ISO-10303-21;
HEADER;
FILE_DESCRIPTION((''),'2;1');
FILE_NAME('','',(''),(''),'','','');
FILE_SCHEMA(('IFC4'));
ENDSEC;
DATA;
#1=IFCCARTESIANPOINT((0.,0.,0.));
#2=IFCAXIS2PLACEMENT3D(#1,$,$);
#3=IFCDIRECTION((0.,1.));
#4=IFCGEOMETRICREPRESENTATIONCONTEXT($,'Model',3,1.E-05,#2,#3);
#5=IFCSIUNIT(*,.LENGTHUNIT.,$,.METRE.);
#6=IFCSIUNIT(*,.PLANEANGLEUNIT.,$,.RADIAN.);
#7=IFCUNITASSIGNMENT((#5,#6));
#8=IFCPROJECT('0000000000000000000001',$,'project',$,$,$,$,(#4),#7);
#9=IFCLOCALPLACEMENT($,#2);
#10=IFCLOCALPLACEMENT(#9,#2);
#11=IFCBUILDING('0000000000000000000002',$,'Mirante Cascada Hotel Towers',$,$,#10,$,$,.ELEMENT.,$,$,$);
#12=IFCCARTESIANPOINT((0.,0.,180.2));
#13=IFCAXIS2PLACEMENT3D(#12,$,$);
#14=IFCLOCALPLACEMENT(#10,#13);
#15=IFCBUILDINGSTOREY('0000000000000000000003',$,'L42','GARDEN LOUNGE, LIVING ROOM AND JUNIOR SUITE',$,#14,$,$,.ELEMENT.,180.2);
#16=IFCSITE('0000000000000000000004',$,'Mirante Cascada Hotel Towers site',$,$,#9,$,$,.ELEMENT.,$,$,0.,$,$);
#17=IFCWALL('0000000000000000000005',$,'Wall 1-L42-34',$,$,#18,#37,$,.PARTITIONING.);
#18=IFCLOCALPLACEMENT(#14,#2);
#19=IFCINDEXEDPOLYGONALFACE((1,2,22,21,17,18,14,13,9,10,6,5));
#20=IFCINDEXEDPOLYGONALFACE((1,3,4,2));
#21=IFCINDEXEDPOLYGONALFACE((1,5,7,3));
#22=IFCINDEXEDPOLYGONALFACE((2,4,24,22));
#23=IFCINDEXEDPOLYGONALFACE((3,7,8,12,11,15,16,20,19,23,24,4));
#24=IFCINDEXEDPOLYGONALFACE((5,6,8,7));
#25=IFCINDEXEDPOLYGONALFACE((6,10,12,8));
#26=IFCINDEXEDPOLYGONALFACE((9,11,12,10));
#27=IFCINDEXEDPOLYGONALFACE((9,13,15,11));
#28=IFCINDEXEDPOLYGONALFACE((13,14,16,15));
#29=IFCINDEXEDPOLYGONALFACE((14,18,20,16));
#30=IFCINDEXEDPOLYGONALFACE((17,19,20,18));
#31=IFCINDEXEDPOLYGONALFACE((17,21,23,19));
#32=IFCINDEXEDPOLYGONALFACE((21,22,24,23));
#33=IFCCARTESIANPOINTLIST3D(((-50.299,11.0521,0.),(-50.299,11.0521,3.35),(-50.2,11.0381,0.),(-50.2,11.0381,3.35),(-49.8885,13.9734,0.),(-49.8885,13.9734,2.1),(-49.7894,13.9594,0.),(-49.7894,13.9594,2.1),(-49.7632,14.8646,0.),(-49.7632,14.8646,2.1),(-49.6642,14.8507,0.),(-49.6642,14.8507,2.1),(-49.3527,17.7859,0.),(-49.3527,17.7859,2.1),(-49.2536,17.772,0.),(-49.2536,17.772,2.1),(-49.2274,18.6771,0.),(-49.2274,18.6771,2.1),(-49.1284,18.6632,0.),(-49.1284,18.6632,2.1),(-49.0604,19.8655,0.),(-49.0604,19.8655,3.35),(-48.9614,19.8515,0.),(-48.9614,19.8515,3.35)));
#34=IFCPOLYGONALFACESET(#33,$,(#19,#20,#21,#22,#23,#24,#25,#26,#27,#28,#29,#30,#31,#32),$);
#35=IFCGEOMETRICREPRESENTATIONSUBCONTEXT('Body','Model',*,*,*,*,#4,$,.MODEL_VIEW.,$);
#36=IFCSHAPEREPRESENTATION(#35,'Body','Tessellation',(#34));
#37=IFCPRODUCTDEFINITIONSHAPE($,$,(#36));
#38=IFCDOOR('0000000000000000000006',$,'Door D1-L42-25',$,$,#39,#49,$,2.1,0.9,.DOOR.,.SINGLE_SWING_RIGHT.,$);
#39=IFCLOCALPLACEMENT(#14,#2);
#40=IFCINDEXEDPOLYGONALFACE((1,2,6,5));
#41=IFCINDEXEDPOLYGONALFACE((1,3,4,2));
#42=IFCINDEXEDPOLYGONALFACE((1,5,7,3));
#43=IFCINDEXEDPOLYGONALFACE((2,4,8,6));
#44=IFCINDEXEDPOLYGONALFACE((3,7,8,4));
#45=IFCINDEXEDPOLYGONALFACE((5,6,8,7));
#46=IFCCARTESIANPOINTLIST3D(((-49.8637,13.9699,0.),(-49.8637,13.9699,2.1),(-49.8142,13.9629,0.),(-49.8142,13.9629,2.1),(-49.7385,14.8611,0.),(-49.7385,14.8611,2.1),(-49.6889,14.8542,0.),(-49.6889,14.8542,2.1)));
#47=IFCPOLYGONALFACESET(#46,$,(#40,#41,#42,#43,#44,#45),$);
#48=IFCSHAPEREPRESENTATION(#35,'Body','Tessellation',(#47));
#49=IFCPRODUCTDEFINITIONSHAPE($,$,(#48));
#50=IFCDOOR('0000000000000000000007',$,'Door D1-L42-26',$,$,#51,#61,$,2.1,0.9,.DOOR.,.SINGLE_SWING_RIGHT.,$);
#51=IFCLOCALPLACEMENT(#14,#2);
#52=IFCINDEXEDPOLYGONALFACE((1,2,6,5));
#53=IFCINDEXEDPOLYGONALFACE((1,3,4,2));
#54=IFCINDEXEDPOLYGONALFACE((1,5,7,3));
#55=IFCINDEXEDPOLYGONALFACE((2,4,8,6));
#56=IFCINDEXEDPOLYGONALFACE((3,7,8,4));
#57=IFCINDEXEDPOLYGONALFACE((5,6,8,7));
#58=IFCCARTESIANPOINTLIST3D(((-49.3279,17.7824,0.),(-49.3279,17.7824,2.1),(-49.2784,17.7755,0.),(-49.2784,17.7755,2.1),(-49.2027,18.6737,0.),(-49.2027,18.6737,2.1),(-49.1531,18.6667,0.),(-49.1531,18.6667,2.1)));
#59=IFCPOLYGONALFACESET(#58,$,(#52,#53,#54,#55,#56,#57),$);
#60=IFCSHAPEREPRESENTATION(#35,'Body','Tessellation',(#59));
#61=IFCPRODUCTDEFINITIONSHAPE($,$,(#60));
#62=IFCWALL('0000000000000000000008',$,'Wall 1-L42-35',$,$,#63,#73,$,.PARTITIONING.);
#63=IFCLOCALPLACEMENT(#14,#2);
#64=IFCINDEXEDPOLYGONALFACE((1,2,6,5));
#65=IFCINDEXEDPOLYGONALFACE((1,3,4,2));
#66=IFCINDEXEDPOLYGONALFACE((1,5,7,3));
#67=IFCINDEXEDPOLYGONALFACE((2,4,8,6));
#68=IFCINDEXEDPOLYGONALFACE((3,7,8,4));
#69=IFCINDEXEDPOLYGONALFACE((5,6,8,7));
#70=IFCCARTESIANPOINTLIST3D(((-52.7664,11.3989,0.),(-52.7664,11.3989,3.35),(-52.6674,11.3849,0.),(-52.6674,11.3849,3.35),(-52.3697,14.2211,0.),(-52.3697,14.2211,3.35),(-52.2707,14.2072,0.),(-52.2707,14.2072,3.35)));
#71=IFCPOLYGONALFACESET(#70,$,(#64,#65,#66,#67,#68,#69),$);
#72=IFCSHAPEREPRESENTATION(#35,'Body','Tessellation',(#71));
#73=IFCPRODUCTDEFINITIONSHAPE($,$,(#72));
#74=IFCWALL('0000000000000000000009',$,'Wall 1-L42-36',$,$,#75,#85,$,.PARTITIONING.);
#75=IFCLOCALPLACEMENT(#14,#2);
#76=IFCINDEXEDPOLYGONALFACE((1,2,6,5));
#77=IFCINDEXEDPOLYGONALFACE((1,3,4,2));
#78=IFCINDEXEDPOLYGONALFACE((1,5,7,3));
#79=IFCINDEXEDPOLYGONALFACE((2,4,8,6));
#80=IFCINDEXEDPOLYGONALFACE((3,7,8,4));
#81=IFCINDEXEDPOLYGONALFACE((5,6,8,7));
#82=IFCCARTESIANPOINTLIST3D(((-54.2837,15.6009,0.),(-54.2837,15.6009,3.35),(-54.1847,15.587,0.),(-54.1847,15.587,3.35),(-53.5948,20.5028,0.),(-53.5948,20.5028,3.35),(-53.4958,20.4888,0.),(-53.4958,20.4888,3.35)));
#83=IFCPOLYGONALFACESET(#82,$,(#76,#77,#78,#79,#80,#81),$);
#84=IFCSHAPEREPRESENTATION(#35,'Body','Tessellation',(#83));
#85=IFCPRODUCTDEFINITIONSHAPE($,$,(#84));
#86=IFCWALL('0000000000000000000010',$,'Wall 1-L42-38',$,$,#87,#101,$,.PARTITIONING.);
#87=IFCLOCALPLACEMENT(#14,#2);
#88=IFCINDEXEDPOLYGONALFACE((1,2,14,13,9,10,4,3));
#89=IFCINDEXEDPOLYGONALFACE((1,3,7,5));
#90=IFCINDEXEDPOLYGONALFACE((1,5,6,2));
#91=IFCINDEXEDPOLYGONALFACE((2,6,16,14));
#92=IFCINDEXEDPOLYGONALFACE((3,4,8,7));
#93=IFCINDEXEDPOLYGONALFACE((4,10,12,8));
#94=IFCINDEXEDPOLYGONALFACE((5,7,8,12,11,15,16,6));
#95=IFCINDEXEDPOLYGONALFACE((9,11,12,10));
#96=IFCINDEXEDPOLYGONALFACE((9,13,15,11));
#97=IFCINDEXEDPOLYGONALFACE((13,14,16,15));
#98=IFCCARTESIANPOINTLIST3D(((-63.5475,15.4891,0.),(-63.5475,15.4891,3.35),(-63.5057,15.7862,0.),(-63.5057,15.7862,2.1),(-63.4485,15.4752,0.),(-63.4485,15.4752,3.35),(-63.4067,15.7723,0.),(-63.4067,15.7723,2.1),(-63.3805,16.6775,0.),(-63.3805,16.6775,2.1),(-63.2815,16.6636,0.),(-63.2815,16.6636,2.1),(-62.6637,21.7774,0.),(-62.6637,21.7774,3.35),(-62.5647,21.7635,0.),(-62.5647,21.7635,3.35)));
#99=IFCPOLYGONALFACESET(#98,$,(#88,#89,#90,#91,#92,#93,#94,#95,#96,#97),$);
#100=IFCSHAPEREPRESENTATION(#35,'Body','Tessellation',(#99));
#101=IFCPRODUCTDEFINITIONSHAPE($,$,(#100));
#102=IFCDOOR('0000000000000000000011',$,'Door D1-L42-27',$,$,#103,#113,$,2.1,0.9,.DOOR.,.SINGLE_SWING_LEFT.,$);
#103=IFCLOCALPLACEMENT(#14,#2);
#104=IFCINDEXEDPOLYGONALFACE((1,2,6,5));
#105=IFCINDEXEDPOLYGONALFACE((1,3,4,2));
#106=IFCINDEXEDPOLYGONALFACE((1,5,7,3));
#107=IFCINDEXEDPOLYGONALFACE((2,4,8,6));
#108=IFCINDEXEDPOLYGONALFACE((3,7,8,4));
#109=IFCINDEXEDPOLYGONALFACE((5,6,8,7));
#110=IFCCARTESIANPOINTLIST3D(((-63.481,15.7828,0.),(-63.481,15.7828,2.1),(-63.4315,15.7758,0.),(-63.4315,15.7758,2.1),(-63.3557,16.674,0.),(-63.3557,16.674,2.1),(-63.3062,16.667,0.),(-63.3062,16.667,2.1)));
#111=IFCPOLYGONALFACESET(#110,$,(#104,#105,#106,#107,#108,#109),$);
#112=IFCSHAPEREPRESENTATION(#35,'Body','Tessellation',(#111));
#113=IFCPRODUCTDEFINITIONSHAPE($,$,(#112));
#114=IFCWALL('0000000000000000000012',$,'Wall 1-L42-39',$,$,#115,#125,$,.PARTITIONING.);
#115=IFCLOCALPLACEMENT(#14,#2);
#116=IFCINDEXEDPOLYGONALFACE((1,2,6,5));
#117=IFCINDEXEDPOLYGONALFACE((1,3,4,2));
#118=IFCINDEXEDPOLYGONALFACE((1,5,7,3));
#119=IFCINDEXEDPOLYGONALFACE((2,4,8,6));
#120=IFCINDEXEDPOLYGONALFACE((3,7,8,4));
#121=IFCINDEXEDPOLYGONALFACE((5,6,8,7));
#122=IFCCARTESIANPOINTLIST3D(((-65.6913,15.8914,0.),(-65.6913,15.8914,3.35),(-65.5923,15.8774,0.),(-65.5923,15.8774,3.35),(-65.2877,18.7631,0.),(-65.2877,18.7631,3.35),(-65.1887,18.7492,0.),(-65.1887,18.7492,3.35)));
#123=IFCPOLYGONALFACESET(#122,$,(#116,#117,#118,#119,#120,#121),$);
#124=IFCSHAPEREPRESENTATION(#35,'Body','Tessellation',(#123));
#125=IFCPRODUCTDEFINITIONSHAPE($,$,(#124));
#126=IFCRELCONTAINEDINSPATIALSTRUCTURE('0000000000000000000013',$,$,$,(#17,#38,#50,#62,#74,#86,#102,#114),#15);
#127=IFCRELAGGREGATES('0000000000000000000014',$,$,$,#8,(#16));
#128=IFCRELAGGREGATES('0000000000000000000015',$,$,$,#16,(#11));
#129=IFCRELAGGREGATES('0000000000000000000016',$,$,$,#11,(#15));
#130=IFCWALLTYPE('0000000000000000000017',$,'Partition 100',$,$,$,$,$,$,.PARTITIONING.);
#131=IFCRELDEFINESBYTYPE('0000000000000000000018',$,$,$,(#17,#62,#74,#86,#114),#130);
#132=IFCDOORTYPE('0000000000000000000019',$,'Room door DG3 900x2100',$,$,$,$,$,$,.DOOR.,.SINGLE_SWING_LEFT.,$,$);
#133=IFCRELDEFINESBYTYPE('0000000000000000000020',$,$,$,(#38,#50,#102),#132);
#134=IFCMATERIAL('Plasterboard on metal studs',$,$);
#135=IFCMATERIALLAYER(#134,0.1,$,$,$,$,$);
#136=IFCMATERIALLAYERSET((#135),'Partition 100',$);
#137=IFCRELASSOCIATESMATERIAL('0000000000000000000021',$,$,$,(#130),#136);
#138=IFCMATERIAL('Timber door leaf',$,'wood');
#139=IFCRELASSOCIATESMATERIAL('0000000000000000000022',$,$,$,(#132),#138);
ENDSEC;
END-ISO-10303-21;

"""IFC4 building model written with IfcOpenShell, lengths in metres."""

from ifc_helpers import new_model, si_unit, direction, frame, frame_2d, origin, place, context, subcontext, project, spatial, rectangle, extrude, material, layer, layer_set, type_object, element, fill, save


model = new_model("IFC4")

# Units and contexts
model_context = context("Model", 3, precision=1e-05, world=origin(), true_north=direction((0.0, 1.0)))
body_context = subcontext(model_context, "Body", "Model", "MODEL_VIEW")
ifc_project = project(units=[si_unit("LENGTHUNIT", "METRE"), si_unit("PLANEANGLEUNIT", "RADIAN")], contexts=[model_context])

# Site, building, storey
site_placement = place(None, origin())
site = spatial("IfcSite", under=ifc_project, at=site_placement, Name="Mirante Cascada Hotel Towers site", CompositionType="ELEMENT", RefElevation=0.0)
building_placement = place(site_placement, origin())
building = spatial("IfcBuilding", under=site, at=building_placement, Name="Mirante Cascada Hotel Towers", CompositionType="ELEMENT")
storey_placement = place(building_placement, frame((0.0, 0.0, 180.2)))
storey = spatial("IfcBuildingStorey", under=building, at=storey_placement, Name="L42", Description="GARDEN LOUNGE, LIVING ROOM AND JUNIOR SUITE", CompositionType="ELEMENT", Elevation=180.2)

# Shared definitions
ifc_material_1 = material(Name="Plasterboard on metal studs")
ifc_layer_1 = layer(ifc_material_1, 0.1)
ifc_layer_set_1 = layer_set([ifc_layer_1], Name="Partition 100")
wall_type_1 = type_object("IfcWallType", Name="Partition 100", PredefinedType="PARTITIONING", material=ifc_layer_set_1)

# Shared definitions
ifc_material_2 = material(Name="Timber door leaf", Category="wood")
door_type_1 = type_object("IfcDoorType", Name="Room door DG3 900x2100", OperationType="SINGLE_SWING_LEFT", PredefinedType="DOOR", material=ifc_material_2)

# Wall, openings, doors
wall_1_placement = place(storey_placement, frame((-49.0109, 19.8585, 0.0), z_axis=(0.0, 0.0, 1.0), x_axis=(-0.139168, -0.990269, 0.0)))
wall_1 = element("IfcWall", 1, at=wall_1_placement, inside=storey, type_object=wall_type_1, Name="Wall 1-L42-34", PredefinedType="PARTITIONING", context=body_context, shape_type="SweptSolid", body=[
    extrude(rectangle(XDim=8.9, YDim=0.1, at=frame_2d((4.45, 0.0))), origin(), (0.0, 0.0, 1.0), 3.35),
])
opening_1_placement = place(wall_1_placement, frame((5.05, 0.0, 0.0)))
opening_1 = element("IfcOpeningElement", 2, at=opening_1_placement, cuts=wall_1, PredefinedType="OPENING", context=body_context, shape_type="SweptSolid", body=[
    extrude(rectangle(XDim=0.9, YDim=2.1, at=frame_2d((0.45, 1.05))), frame((0.0, 0.05, 0.0), z_axis=(0.0, -1.0, 0.0), x_axis=(1.0, 0.0, 0.0)), (0.0, 0.0, 1.0), 0.1),
])
opening_2_placement = place(wall_1_placement, frame((1.2, 0.0, 0.0)))
opening_2 = element("IfcOpeningElement", 3, at=opening_2_placement, cuts=wall_1, PredefinedType="OPENING", context=body_context, shape_type="SweptSolid", body=[
    extrude(rectangle(XDim=0.9, YDim=2.1, at=frame_2d((0.45, 1.05))), frame((0.0, 0.05, 0.0), z_axis=(0.0, -1.0, 0.0), x_axis=(1.0, 0.0, 0.0)), (0.0, 0.0, 1.0), 0.1),
])
door_1_placement = place(opening_1_placement, frame((0.9, 0.0, 0.0), z_axis=(0.0, 0.0, 1.0), x_axis=(-1.0, 0.0, 0.0)))
door_1 = element("IfcDoor", 4, at=door_1_placement, inside=storey, type_object=door_type_1, Name="Door D1-L42-25", OperationType="SINGLE_SWING_RIGHT", OverallHeight=2.1, OverallWidth=0.9, PredefinedType="DOOR", context=body_context, shape_type="SweptSolid", body=[
    extrude(rectangle(XDim=0.9, YDim=2.1, at=frame_2d((0.45, 1.05))), frame((0.0, 0.025, 0.0), z_axis=(0.0, -1.0, 0.0), x_axis=(1.0, 0.0, 0.0)), (0.0, 0.0, 1.0), 0.05),
])
fill(opening_1, door_1)
door_2_placement = place(opening_2_placement, frame((0.9, 0.0, 0.0), z_axis=(0.0, 0.0, 1.0), x_axis=(-1.0, 0.0, 0.0)))
door_2 = element("IfcDoor", 5, at=door_2_placement, inside=storey, type_object=door_type_1, Name="Door D1-L42-26", OperationType="SINGLE_SWING_RIGHT", OverallHeight=2.1, OverallWidth=0.9, PredefinedType="DOOR", context=body_context, shape_type="SweptSolid", body=[
    extrude(rectangle(XDim=0.9, YDim=2.1, at=frame_2d((0.45, 1.05))), frame((0.0, 0.025, 0.0), z_axis=(0.0, -1.0, 0.0), x_axis=(1.0, 0.0, 0.0)), (0.0, 0.0, 1.0), 0.05),
])
fill(opening_2, door_2)

# Walls
wall_2_placement = place(storey_placement, frame((-52.7169, 11.3919, 0.0), z_axis=(0.0, 0.0, 1.0), x_axis=(0.139191, 0.990266, 0.0)))
element("IfcWall", 6, at=wall_2_placement, inside=storey, type_object=wall_type_1, Name="Wall 1-L42-35", PredefinedType="PARTITIONING", context=body_context, shape_type="SweptSolid", body=[
    extrude(rectangle(XDim=2.85, YDim=0.1, at=frame_2d((1.425, 0.0))), origin(), (0.0, 0.0, 1.0), 3.35),
])
wall_3_placement = place(storey_placement, frame((-53.5453, 20.4958, 0.0), z_axis=(0.0, 0.0, 1.0), x_axis=(-0.139173, -0.990268, 0.0)))
element("IfcWall", 7, at=wall_3_placement, inside=storey, type_object=wall_type_1, Name="Wall 1-L42-36", PredefinedType="PARTITIONING", context=body_context, shape_type="SweptSolid", body=[
    extrude(rectangle(XDim=4.95, YDim=0.1, at=frame_2d((2.475, 0.0))), origin(), (0.0, 0.0, 1.0), 3.35),
])

# Wall, opening, door
wall_4_placement = place(storey_placement, frame((-62.6142, 21.7704, 0.0), z_axis=(0.0, 0.0, 1.0), x_axis=(-0.139179, -0.990267, 0.0)))
wall_4 = element("IfcWall", 8, at=wall_4_placement, inside=storey, type_object=wall_type_1, Name="Wall 1-L42-38", PredefinedType="PARTITIONING", context=body_context, shape_type="SweptSolid", body=[
    extrude(rectangle(XDim=6.3501, YDim=0.1, at=frame_2d((3.175, 0.0))), origin(), (0.0, 0.0, 1.0), 3.35),
])
opening_3_placement = place(wall_4_placement, frame((5.15, 0.0, 0.0)))
opening_3 = element("IfcOpeningElement", 9, at=opening_3_placement, cuts=wall_4, PredefinedType="OPENING", context=body_context, shape_type="SweptSolid", body=[
    extrude(rectangle(XDim=0.9, YDim=2.1, at=frame_2d((0.45, 1.05))), frame((0.0, 0.05, 0.0), z_axis=(0.0, -1.0, 0.0), x_axis=(1.0, 0.0, 0.0)), (0.0, 0.0, 1.0), 0.1),
])
door_3_placement = place(opening_3_placement, origin())
door_3 = element("IfcDoor", 10, at=door_3_placement, inside=storey, type_object=door_type_1, Name="Door D1-L42-27", OperationType="SINGLE_SWING_LEFT", OverallHeight=2.1, OverallWidth=0.9, PredefinedType="DOOR", context=body_context, shape_type="SweptSolid", body=[
    extrude(rectangle(XDim=0.9, YDim=2.1, at=frame_2d((0.45, 1.05))), frame((0.0, 0.025, 0.0), z_axis=(0.0, -1.0, 0.0), x_axis=(1.0, 0.0, 0.0)), (0.0, 0.0, 1.0), 0.05),
])
fill(opening_3, door_3)

# Wall
wall_5_placement = place(storey_placement, frame((-65.6418, 15.8844, 0.0), z_axis=(0.0, 0.0, 1.0), x_axis=(0.139171, 0.990268, 0.0)))
element("IfcWall", 11, at=wall_5_placement, inside=storey, type_object=wall_type_1, Name="Wall 1-L42-39", PredefinedType="PARTITIONING", context=body_context, shape_type="SweptSolid", body=[
    extrude(rectangle(XDim=2.9, YDim=0.1, at=frame_2d((1.45, 0.0))), origin(), (0.0, 0.0, 1.0), 3.35),
])

save(model, "model.ifc")
